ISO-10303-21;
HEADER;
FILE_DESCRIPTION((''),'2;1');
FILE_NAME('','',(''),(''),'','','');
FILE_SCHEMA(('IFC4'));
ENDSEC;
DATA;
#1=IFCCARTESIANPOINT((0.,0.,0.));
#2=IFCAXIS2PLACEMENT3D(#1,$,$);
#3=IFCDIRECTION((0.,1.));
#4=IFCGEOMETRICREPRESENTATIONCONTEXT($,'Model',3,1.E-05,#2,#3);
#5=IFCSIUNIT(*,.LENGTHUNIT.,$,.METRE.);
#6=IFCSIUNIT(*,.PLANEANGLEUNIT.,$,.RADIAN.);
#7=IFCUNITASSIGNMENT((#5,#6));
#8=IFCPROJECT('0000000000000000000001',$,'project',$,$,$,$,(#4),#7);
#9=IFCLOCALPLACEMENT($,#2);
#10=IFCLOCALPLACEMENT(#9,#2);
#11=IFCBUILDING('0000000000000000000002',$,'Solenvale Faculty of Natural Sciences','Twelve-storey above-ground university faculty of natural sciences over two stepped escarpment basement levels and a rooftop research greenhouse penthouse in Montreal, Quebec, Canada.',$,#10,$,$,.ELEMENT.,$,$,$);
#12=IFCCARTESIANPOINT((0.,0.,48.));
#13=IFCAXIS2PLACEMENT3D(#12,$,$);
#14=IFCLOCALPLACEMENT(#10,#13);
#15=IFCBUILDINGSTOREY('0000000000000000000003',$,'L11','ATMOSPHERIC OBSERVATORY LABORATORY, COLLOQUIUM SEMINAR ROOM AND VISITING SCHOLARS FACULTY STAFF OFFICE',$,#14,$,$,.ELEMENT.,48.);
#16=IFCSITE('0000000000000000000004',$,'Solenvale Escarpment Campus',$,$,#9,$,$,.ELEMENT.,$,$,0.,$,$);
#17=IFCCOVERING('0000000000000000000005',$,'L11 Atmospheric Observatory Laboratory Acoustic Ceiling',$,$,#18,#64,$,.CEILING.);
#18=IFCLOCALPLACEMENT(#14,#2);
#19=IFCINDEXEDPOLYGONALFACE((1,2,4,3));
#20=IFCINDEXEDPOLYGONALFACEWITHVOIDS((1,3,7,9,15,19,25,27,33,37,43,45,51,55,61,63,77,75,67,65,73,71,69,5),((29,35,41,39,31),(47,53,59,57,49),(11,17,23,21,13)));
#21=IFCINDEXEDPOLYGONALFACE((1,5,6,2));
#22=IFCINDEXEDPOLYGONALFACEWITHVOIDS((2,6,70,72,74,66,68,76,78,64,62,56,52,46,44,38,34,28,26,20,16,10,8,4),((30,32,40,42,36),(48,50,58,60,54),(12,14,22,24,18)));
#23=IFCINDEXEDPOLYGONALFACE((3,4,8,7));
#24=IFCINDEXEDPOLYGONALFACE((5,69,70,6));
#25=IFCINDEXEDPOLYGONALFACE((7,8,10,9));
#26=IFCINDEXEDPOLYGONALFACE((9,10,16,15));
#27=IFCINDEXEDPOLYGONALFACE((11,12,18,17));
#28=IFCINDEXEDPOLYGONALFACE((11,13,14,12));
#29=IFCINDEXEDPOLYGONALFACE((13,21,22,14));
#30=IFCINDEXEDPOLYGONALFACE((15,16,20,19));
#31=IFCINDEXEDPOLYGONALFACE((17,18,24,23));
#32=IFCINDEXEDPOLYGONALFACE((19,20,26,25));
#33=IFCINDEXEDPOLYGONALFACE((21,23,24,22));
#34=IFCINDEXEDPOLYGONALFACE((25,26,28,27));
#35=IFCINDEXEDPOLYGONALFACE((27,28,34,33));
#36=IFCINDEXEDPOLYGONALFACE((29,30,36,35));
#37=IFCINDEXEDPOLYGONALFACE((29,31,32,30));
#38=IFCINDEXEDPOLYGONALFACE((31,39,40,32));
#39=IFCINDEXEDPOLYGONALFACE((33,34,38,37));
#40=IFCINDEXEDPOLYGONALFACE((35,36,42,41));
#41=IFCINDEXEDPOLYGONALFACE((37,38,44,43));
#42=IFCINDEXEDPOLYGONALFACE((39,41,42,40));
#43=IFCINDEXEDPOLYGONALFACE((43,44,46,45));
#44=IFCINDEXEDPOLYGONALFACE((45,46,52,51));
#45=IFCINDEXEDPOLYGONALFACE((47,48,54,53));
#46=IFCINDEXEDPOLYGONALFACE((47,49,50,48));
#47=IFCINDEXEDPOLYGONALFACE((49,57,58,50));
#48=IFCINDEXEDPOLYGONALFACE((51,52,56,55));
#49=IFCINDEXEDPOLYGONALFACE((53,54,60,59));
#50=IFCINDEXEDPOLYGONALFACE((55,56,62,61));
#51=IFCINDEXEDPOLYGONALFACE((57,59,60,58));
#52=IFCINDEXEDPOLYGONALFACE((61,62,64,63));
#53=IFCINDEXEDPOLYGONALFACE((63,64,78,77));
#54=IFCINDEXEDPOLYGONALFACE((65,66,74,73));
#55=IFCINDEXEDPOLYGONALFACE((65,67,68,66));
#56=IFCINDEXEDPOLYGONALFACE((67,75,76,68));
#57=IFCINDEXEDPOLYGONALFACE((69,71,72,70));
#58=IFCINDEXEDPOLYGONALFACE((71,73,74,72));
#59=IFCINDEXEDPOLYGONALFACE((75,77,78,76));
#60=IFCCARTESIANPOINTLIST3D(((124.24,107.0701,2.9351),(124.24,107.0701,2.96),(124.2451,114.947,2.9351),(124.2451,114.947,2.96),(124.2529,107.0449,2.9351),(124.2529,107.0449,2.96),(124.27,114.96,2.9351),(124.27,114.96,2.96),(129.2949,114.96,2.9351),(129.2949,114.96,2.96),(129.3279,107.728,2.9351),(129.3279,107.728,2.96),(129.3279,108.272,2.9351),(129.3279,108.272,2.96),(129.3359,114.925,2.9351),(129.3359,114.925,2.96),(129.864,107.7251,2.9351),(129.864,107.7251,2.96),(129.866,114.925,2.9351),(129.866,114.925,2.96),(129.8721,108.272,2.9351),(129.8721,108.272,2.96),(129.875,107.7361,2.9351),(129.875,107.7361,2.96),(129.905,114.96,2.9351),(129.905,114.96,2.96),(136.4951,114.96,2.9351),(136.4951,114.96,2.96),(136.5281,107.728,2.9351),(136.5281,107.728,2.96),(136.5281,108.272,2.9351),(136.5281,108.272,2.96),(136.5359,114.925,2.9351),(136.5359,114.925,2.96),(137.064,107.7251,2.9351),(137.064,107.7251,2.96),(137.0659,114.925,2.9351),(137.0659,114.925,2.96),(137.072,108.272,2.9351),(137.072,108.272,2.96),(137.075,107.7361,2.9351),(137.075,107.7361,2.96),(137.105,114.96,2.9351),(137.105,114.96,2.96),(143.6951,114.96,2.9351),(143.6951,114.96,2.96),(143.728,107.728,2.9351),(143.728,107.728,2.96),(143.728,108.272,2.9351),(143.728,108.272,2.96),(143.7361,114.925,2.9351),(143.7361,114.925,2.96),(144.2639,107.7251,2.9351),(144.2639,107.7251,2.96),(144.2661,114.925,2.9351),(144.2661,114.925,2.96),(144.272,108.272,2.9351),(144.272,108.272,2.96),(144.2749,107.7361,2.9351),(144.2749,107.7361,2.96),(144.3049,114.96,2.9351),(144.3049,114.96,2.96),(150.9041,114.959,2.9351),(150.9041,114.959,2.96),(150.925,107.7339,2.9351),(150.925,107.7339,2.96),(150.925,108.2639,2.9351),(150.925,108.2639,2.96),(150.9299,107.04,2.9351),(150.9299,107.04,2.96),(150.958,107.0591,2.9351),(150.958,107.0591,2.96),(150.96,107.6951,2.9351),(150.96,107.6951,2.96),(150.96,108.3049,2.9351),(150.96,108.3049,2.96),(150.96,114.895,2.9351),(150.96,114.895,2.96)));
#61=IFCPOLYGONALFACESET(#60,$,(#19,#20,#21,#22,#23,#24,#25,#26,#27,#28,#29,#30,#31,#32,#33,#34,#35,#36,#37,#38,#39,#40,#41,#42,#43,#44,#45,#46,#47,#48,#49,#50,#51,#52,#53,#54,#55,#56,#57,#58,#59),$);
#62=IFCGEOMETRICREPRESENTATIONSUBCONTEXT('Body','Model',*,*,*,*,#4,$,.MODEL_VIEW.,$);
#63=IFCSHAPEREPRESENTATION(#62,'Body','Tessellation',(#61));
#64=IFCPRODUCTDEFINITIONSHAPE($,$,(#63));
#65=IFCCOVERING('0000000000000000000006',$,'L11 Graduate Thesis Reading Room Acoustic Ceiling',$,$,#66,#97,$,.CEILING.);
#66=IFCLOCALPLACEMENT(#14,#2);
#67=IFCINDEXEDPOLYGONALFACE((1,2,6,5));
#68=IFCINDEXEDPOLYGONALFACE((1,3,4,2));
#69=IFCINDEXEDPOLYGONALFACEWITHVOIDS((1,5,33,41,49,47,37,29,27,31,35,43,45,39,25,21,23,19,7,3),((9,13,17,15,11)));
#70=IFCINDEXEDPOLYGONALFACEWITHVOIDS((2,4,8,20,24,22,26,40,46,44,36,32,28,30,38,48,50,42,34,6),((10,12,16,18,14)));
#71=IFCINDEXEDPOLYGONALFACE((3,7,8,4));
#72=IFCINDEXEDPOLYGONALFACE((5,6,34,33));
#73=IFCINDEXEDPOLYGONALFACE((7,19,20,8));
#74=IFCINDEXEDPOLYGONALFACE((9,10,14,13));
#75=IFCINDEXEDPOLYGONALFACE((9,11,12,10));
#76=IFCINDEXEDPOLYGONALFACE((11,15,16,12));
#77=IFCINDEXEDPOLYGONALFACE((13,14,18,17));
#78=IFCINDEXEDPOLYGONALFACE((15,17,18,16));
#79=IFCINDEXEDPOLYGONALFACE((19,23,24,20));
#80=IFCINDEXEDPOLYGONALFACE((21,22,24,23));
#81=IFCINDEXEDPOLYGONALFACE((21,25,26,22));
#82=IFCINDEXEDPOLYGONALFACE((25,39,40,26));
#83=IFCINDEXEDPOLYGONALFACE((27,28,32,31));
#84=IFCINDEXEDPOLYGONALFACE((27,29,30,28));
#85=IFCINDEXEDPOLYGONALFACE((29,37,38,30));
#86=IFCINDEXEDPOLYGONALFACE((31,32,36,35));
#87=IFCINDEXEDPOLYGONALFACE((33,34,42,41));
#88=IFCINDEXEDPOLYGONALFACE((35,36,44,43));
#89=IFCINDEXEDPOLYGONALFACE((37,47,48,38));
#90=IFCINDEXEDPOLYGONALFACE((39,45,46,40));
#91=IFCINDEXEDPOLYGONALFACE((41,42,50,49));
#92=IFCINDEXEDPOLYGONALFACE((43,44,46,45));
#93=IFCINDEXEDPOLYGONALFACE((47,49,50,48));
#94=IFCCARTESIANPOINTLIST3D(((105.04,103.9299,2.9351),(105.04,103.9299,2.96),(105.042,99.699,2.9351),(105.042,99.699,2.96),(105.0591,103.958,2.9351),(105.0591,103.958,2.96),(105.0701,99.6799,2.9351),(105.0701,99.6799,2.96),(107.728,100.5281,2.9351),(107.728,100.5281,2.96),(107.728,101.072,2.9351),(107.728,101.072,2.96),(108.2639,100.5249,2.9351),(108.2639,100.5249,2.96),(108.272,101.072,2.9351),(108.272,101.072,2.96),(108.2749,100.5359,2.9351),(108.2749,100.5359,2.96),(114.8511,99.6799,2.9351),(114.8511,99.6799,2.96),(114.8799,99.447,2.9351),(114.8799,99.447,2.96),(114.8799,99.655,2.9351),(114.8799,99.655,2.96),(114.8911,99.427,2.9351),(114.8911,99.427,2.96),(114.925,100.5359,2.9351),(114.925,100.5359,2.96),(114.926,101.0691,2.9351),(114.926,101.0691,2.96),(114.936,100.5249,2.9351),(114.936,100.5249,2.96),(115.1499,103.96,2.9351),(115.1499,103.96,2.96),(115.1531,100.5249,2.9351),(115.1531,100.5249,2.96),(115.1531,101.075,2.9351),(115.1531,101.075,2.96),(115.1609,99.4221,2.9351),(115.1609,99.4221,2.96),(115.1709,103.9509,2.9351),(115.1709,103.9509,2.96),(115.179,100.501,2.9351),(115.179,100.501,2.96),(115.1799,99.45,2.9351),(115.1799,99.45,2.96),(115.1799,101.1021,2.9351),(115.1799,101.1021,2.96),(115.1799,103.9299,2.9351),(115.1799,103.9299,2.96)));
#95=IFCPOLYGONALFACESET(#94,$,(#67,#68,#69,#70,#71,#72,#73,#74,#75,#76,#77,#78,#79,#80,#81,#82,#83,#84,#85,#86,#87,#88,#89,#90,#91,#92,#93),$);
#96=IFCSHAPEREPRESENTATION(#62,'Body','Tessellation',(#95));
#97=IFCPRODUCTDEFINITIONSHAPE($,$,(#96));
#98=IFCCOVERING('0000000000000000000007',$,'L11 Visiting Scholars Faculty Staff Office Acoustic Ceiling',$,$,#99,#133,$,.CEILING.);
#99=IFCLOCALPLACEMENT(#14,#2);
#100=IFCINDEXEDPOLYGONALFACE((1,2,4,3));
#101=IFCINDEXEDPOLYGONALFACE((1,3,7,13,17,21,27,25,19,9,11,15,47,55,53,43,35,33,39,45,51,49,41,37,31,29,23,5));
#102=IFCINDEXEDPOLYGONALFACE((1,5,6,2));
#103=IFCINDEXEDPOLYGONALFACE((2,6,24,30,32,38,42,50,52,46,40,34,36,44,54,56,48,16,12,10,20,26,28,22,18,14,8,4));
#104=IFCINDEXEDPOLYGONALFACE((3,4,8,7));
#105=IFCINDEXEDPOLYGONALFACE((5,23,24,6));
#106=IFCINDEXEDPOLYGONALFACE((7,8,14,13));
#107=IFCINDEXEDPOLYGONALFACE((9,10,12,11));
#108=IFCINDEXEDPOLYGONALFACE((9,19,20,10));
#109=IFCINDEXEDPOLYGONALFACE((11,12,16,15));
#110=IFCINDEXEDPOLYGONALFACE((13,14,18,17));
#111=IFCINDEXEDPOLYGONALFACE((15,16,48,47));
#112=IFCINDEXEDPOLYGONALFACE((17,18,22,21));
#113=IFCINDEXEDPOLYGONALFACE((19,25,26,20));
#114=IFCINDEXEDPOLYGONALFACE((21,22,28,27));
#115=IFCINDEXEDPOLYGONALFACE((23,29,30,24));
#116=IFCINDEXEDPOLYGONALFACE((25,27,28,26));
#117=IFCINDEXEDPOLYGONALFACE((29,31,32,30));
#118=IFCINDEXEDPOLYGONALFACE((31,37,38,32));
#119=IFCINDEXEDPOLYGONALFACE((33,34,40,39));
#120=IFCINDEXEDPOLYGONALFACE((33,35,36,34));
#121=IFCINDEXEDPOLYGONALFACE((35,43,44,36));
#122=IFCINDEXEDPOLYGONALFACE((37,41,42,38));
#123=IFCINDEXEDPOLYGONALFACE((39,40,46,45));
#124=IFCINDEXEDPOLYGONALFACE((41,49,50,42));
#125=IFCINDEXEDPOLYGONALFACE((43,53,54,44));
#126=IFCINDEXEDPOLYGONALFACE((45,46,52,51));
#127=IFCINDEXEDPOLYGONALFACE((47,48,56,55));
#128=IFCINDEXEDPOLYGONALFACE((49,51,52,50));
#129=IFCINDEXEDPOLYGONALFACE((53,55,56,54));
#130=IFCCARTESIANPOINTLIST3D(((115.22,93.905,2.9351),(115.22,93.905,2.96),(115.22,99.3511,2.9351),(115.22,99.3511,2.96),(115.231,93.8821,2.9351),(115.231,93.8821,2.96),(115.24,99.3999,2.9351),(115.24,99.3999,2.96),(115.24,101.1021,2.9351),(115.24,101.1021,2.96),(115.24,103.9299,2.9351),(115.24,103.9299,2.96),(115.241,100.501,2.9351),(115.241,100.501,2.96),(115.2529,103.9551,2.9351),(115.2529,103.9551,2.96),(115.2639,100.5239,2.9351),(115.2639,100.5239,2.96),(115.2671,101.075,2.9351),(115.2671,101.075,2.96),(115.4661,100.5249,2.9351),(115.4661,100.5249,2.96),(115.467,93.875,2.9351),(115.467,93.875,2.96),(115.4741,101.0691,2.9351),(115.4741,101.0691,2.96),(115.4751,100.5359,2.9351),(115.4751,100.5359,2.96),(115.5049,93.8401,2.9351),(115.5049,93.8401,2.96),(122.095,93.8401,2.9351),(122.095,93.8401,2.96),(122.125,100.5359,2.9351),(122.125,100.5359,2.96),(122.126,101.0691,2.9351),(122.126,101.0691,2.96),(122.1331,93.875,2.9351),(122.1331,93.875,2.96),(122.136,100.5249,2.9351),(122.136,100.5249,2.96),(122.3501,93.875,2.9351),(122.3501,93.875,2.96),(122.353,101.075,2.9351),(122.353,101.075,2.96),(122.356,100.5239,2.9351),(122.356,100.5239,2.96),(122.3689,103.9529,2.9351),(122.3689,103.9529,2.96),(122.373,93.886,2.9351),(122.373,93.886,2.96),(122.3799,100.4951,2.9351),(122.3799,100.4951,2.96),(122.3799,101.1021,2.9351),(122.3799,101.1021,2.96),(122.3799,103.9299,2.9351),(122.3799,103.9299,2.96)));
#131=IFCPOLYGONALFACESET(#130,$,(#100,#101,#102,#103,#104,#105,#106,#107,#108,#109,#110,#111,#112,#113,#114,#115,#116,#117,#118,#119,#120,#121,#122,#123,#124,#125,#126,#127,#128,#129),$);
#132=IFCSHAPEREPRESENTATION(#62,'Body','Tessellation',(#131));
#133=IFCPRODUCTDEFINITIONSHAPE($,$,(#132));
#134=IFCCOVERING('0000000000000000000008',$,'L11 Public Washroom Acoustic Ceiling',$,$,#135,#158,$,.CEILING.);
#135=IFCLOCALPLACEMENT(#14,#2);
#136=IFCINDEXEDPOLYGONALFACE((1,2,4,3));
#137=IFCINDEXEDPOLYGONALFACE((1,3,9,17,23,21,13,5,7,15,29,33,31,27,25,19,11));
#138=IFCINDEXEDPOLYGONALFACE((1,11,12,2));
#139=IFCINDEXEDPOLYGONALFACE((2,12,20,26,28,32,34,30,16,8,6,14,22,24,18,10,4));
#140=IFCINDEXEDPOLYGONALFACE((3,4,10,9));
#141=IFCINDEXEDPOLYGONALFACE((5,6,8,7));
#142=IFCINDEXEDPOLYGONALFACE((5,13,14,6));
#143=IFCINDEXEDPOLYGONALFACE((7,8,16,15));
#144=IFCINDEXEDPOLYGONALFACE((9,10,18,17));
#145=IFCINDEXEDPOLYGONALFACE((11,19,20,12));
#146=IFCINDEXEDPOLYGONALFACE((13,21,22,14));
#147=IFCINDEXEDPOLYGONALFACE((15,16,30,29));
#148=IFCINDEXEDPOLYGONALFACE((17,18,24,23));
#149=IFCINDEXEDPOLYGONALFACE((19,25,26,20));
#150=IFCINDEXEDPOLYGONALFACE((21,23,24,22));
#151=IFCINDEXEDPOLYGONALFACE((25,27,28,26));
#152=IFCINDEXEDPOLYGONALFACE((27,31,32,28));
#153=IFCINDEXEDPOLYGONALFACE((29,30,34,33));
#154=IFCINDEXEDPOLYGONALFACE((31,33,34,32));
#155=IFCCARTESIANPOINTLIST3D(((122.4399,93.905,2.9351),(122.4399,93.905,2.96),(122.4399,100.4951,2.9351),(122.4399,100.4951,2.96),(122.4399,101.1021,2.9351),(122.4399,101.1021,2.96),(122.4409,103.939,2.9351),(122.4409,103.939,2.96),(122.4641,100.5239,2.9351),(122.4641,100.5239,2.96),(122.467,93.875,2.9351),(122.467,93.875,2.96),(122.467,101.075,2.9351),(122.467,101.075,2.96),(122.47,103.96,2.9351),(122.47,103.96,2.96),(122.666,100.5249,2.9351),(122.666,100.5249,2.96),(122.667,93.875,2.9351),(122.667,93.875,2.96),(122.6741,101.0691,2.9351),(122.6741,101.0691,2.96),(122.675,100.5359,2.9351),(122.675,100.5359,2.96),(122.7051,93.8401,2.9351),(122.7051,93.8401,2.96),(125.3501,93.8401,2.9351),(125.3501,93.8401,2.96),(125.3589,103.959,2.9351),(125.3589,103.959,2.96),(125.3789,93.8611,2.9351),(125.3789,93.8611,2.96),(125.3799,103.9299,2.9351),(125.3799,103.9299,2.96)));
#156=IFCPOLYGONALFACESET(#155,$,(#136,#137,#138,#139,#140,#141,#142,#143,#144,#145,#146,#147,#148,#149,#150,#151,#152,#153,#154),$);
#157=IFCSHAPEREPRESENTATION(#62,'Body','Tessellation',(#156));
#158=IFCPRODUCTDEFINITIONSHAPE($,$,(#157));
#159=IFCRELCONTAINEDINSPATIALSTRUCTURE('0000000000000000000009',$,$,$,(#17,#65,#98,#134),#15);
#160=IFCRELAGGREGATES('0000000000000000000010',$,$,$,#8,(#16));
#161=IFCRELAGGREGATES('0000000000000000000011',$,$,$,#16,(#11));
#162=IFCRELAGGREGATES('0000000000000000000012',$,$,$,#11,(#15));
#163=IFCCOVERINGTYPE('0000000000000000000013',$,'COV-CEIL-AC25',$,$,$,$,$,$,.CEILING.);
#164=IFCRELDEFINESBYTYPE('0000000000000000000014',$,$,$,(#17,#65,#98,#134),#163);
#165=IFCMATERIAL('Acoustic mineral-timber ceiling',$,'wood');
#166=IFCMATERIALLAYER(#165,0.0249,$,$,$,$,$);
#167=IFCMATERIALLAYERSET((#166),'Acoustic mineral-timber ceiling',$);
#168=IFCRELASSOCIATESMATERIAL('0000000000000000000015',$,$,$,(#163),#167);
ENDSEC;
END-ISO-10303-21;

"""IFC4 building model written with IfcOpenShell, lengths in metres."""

from ifc_helpers import new_model, si_unit, direction, frame, origin, place, context, subcontext, project, spatial, polyline, outline, extrude, material, layer, layer_set, type_object, element, save


model = new_model("IFC4")

# Units and contexts
model_context = context("Model", 3, precision=1e-05, world=origin(), true_north=direction((0.0, 1.0)))
body_context = subcontext(model_context, "Body", "Model", "MODEL_VIEW")
ifc_project = project(units=[si_unit("LENGTHUNIT", "METRE"), si_unit("PLANEANGLEUNIT", "RADIAN")], contexts=[model_context])

# Site, building, storey
site_placement = place(None, origin())
site = spatial("IfcSite", under=ifc_project, at=site_placement, Name="Solenvale Escarpment Campus", CompositionType="ELEMENT", RefElevation=0.0)
building_placement = place(site_placement, origin())
building = spatial("IfcBuilding", under=site, at=building_placement, Name="Solenvale Faculty of Natural Sciences", Description="Twelve-storey above-ground university faculty of natural sciences over two stepped escarpment basement levels and a rooftop research greenhouse penthouse in Montreal, Quebec, Canada.", CompositionType="ELEMENT")
storey_placement = place(building_placement, frame((0.0, 0.0, 48.0)))
storey = spatial("IfcBuildingStorey", under=building, at=storey_placement, Name="L11", Description="ATMOSPHERIC OBSERVATORY LABORATORY, COLLOQUIUM SEMINAR ROOM AND VISITING SCHOLARS FACULTY STAFF OFFICE", CompositionType="ELEMENT", Elevation=48.0)

# Coverings
ifc_material_1 = material(Name="Acoustic mineral-timber ceiling", Category="wood")
ifc_layer_1 = layer(ifc_material_1, 0.0249)
ifc_layer_set_1 = layer_set([ifc_layer_1], Name="Acoustic mineral-timber ceiling")
covering_type_1 = type_object("IfcCoveringType", Name="COV-CEIL-AC25", PredefinedType="CEILING", material=ifc_layer_set_1)
covering_1_placement = place(storey_placement, frame((0.0, 0.0, 2.9351)))
element("IfcCovering", 1, at=covering_1_placement, inside=storey, type_object=covering_type_1, Name="L11 Atmospheric Observatory Laboratory Acoustic Ceiling", PredefinedType="CEILING", context=body_context, shape_type="SweptSolid", body=[
    extrude(outline(polyline([(129.2949, 114.96), (129.3359, 114.925), (129.866, 114.925), (129.905, 114.96), (136.4951, 114.96), (136.5359, 114.925), (137.0659, 114.925), (137.105, 114.96), (143.6951, 114.96), (143.7361, 114.925), (144.2661, 114.925), (144.3049, 114.96), (150.9041, 114.959), (150.96, 114.895), (150.96, 108.3049), (150.925, 108.2639), (150.925, 107.7339), (150.96, 107.6951), (150.958, 107.0591), (150.9299, 107.04), (124.2529, 107.0449), (124.24, 107.0701), (124.2451, 114.947), (124.27, 114.96), (129.2949, 114.96)]), holes=[polyline([(144.2639, 107.7251), (144.2749, 107.7361), (144.272, 108.272), (143.728, 108.272), (143.728, 107.728), (144.2639, 107.7251)]), polyline([(137.064, 107.7251), (137.075, 107.7361), (137.072, 108.272), (136.5281, 108.272), (136.5281, 107.728), (137.064, 107.7251)]), polyline([(129.864, 107.7251), (129.875, 107.7361), (129.8721, 108.272), (129.3279, 108.272), (129.3279, 107.728), (129.864, 107.7251)])]), origin(), (0.0, 0.0, 1.0), 0.0249),
])
covering_2_placement = place(storey_placement, frame((0.0, 0.0, 2.9351)))
element("IfcCovering", 2, at=covering_2_placement, inside=storey, type_object=covering_type_1, Name="L11 Graduate Thesis Reading Room Acoustic Ceiling", PredefinedType="CEILING", context=body_context, shape_type="SweptSolid", body=[
    extrude(outline(polyline([(115.1499, 103.96), (115.1709, 103.9509), (115.1799, 103.9299), (115.1799, 101.1021), (115.1531, 101.075), (114.926, 101.0691), (114.925, 100.5359), (114.936, 100.5249), (115.1531, 100.5249), (115.179, 100.501), (115.1799, 99.45), (115.1609, 99.4221), (114.8911, 99.427), (114.8799, 99.447), (114.8799, 99.655), (114.8511, 99.6799), (105.0701, 99.6799), (105.042, 99.699), (105.04, 103.9299), (105.0591, 103.958), (115.1499, 103.96)]), holes=[polyline([(108.2639, 100.5249), (108.2749, 100.5359), (108.272, 101.072), (107.728, 101.072), (107.728, 100.5281), (108.2639, 100.5249)])]), origin(), (0.0, 0.0, 1.0), 0.0249),
])
covering_3_placement = place(storey_placement, frame((0.0, 0.0, 2.9351)))
element("IfcCovering", 3, at=covering_3_placement, inside=storey, type_object=covering_type_1, Name="L11 Visiting Scholars Faculty Staff Office Acoustic Ceiling", PredefinedType="CEILING", context=body_context, shape_type="SweptSolid", body=[
    extrude(outline(polyline([(115.22, 99.3511), (115.24, 99.3999), (115.241, 100.501), (115.2639, 100.5239), (115.4661, 100.5249), (115.4751, 100.5359), (115.4741, 101.0691), (115.2671, 101.075), (115.24, 101.1021), (115.24, 103.9299), (115.2529, 103.9551), (122.3689, 103.9529), (122.3799, 103.9299), (122.3799, 101.1021), (122.353, 101.075), (122.126, 101.0691), (122.125, 100.5359), (122.136, 100.5249), (122.356, 100.5239), (122.3799, 100.4951), (122.373, 93.886), (122.3501, 93.875), (122.1331, 93.875), (122.095, 93.8401), (115.5049, 93.8401), (115.467, 93.875), (115.231, 93.8821), (115.22, 93.905), (115.22, 99.3511)])), origin(), (0.0, 0.0, 1.0), 0.0249),
])
covering_4_placement = place(storey_placement, frame((0.0, 0.0, 2.9351)))
element("IfcCovering", 4, at=covering_4_placement, inside=storey, type_object=covering_type_1, Name="L11 Public Washroom Acoustic Ceiling", PredefinedType="CEILING", context=body_context, shape_type="SweptSolid", body=[
    extrude(outline(polyline([(122.7051, 93.8401), (122.667, 93.875), (122.467, 93.875), (122.4399, 93.905), (122.4399, 100.4951), (122.4641, 100.5239), (122.666, 100.5249), (122.675, 100.5359), (122.6741, 101.0691), (122.467, 101.075), (122.4399, 101.1021), (122.4409, 103.939), (122.47, 103.96), (125.3589, 103.959), (125.3799, 103.9299), (125.3789, 93.8611), (125.3501, 93.8401), (122.7051, 93.8401)])), origin(), (0.0, 0.0, 1.0), 0.0249),
])

save(model, "model.ifc")
